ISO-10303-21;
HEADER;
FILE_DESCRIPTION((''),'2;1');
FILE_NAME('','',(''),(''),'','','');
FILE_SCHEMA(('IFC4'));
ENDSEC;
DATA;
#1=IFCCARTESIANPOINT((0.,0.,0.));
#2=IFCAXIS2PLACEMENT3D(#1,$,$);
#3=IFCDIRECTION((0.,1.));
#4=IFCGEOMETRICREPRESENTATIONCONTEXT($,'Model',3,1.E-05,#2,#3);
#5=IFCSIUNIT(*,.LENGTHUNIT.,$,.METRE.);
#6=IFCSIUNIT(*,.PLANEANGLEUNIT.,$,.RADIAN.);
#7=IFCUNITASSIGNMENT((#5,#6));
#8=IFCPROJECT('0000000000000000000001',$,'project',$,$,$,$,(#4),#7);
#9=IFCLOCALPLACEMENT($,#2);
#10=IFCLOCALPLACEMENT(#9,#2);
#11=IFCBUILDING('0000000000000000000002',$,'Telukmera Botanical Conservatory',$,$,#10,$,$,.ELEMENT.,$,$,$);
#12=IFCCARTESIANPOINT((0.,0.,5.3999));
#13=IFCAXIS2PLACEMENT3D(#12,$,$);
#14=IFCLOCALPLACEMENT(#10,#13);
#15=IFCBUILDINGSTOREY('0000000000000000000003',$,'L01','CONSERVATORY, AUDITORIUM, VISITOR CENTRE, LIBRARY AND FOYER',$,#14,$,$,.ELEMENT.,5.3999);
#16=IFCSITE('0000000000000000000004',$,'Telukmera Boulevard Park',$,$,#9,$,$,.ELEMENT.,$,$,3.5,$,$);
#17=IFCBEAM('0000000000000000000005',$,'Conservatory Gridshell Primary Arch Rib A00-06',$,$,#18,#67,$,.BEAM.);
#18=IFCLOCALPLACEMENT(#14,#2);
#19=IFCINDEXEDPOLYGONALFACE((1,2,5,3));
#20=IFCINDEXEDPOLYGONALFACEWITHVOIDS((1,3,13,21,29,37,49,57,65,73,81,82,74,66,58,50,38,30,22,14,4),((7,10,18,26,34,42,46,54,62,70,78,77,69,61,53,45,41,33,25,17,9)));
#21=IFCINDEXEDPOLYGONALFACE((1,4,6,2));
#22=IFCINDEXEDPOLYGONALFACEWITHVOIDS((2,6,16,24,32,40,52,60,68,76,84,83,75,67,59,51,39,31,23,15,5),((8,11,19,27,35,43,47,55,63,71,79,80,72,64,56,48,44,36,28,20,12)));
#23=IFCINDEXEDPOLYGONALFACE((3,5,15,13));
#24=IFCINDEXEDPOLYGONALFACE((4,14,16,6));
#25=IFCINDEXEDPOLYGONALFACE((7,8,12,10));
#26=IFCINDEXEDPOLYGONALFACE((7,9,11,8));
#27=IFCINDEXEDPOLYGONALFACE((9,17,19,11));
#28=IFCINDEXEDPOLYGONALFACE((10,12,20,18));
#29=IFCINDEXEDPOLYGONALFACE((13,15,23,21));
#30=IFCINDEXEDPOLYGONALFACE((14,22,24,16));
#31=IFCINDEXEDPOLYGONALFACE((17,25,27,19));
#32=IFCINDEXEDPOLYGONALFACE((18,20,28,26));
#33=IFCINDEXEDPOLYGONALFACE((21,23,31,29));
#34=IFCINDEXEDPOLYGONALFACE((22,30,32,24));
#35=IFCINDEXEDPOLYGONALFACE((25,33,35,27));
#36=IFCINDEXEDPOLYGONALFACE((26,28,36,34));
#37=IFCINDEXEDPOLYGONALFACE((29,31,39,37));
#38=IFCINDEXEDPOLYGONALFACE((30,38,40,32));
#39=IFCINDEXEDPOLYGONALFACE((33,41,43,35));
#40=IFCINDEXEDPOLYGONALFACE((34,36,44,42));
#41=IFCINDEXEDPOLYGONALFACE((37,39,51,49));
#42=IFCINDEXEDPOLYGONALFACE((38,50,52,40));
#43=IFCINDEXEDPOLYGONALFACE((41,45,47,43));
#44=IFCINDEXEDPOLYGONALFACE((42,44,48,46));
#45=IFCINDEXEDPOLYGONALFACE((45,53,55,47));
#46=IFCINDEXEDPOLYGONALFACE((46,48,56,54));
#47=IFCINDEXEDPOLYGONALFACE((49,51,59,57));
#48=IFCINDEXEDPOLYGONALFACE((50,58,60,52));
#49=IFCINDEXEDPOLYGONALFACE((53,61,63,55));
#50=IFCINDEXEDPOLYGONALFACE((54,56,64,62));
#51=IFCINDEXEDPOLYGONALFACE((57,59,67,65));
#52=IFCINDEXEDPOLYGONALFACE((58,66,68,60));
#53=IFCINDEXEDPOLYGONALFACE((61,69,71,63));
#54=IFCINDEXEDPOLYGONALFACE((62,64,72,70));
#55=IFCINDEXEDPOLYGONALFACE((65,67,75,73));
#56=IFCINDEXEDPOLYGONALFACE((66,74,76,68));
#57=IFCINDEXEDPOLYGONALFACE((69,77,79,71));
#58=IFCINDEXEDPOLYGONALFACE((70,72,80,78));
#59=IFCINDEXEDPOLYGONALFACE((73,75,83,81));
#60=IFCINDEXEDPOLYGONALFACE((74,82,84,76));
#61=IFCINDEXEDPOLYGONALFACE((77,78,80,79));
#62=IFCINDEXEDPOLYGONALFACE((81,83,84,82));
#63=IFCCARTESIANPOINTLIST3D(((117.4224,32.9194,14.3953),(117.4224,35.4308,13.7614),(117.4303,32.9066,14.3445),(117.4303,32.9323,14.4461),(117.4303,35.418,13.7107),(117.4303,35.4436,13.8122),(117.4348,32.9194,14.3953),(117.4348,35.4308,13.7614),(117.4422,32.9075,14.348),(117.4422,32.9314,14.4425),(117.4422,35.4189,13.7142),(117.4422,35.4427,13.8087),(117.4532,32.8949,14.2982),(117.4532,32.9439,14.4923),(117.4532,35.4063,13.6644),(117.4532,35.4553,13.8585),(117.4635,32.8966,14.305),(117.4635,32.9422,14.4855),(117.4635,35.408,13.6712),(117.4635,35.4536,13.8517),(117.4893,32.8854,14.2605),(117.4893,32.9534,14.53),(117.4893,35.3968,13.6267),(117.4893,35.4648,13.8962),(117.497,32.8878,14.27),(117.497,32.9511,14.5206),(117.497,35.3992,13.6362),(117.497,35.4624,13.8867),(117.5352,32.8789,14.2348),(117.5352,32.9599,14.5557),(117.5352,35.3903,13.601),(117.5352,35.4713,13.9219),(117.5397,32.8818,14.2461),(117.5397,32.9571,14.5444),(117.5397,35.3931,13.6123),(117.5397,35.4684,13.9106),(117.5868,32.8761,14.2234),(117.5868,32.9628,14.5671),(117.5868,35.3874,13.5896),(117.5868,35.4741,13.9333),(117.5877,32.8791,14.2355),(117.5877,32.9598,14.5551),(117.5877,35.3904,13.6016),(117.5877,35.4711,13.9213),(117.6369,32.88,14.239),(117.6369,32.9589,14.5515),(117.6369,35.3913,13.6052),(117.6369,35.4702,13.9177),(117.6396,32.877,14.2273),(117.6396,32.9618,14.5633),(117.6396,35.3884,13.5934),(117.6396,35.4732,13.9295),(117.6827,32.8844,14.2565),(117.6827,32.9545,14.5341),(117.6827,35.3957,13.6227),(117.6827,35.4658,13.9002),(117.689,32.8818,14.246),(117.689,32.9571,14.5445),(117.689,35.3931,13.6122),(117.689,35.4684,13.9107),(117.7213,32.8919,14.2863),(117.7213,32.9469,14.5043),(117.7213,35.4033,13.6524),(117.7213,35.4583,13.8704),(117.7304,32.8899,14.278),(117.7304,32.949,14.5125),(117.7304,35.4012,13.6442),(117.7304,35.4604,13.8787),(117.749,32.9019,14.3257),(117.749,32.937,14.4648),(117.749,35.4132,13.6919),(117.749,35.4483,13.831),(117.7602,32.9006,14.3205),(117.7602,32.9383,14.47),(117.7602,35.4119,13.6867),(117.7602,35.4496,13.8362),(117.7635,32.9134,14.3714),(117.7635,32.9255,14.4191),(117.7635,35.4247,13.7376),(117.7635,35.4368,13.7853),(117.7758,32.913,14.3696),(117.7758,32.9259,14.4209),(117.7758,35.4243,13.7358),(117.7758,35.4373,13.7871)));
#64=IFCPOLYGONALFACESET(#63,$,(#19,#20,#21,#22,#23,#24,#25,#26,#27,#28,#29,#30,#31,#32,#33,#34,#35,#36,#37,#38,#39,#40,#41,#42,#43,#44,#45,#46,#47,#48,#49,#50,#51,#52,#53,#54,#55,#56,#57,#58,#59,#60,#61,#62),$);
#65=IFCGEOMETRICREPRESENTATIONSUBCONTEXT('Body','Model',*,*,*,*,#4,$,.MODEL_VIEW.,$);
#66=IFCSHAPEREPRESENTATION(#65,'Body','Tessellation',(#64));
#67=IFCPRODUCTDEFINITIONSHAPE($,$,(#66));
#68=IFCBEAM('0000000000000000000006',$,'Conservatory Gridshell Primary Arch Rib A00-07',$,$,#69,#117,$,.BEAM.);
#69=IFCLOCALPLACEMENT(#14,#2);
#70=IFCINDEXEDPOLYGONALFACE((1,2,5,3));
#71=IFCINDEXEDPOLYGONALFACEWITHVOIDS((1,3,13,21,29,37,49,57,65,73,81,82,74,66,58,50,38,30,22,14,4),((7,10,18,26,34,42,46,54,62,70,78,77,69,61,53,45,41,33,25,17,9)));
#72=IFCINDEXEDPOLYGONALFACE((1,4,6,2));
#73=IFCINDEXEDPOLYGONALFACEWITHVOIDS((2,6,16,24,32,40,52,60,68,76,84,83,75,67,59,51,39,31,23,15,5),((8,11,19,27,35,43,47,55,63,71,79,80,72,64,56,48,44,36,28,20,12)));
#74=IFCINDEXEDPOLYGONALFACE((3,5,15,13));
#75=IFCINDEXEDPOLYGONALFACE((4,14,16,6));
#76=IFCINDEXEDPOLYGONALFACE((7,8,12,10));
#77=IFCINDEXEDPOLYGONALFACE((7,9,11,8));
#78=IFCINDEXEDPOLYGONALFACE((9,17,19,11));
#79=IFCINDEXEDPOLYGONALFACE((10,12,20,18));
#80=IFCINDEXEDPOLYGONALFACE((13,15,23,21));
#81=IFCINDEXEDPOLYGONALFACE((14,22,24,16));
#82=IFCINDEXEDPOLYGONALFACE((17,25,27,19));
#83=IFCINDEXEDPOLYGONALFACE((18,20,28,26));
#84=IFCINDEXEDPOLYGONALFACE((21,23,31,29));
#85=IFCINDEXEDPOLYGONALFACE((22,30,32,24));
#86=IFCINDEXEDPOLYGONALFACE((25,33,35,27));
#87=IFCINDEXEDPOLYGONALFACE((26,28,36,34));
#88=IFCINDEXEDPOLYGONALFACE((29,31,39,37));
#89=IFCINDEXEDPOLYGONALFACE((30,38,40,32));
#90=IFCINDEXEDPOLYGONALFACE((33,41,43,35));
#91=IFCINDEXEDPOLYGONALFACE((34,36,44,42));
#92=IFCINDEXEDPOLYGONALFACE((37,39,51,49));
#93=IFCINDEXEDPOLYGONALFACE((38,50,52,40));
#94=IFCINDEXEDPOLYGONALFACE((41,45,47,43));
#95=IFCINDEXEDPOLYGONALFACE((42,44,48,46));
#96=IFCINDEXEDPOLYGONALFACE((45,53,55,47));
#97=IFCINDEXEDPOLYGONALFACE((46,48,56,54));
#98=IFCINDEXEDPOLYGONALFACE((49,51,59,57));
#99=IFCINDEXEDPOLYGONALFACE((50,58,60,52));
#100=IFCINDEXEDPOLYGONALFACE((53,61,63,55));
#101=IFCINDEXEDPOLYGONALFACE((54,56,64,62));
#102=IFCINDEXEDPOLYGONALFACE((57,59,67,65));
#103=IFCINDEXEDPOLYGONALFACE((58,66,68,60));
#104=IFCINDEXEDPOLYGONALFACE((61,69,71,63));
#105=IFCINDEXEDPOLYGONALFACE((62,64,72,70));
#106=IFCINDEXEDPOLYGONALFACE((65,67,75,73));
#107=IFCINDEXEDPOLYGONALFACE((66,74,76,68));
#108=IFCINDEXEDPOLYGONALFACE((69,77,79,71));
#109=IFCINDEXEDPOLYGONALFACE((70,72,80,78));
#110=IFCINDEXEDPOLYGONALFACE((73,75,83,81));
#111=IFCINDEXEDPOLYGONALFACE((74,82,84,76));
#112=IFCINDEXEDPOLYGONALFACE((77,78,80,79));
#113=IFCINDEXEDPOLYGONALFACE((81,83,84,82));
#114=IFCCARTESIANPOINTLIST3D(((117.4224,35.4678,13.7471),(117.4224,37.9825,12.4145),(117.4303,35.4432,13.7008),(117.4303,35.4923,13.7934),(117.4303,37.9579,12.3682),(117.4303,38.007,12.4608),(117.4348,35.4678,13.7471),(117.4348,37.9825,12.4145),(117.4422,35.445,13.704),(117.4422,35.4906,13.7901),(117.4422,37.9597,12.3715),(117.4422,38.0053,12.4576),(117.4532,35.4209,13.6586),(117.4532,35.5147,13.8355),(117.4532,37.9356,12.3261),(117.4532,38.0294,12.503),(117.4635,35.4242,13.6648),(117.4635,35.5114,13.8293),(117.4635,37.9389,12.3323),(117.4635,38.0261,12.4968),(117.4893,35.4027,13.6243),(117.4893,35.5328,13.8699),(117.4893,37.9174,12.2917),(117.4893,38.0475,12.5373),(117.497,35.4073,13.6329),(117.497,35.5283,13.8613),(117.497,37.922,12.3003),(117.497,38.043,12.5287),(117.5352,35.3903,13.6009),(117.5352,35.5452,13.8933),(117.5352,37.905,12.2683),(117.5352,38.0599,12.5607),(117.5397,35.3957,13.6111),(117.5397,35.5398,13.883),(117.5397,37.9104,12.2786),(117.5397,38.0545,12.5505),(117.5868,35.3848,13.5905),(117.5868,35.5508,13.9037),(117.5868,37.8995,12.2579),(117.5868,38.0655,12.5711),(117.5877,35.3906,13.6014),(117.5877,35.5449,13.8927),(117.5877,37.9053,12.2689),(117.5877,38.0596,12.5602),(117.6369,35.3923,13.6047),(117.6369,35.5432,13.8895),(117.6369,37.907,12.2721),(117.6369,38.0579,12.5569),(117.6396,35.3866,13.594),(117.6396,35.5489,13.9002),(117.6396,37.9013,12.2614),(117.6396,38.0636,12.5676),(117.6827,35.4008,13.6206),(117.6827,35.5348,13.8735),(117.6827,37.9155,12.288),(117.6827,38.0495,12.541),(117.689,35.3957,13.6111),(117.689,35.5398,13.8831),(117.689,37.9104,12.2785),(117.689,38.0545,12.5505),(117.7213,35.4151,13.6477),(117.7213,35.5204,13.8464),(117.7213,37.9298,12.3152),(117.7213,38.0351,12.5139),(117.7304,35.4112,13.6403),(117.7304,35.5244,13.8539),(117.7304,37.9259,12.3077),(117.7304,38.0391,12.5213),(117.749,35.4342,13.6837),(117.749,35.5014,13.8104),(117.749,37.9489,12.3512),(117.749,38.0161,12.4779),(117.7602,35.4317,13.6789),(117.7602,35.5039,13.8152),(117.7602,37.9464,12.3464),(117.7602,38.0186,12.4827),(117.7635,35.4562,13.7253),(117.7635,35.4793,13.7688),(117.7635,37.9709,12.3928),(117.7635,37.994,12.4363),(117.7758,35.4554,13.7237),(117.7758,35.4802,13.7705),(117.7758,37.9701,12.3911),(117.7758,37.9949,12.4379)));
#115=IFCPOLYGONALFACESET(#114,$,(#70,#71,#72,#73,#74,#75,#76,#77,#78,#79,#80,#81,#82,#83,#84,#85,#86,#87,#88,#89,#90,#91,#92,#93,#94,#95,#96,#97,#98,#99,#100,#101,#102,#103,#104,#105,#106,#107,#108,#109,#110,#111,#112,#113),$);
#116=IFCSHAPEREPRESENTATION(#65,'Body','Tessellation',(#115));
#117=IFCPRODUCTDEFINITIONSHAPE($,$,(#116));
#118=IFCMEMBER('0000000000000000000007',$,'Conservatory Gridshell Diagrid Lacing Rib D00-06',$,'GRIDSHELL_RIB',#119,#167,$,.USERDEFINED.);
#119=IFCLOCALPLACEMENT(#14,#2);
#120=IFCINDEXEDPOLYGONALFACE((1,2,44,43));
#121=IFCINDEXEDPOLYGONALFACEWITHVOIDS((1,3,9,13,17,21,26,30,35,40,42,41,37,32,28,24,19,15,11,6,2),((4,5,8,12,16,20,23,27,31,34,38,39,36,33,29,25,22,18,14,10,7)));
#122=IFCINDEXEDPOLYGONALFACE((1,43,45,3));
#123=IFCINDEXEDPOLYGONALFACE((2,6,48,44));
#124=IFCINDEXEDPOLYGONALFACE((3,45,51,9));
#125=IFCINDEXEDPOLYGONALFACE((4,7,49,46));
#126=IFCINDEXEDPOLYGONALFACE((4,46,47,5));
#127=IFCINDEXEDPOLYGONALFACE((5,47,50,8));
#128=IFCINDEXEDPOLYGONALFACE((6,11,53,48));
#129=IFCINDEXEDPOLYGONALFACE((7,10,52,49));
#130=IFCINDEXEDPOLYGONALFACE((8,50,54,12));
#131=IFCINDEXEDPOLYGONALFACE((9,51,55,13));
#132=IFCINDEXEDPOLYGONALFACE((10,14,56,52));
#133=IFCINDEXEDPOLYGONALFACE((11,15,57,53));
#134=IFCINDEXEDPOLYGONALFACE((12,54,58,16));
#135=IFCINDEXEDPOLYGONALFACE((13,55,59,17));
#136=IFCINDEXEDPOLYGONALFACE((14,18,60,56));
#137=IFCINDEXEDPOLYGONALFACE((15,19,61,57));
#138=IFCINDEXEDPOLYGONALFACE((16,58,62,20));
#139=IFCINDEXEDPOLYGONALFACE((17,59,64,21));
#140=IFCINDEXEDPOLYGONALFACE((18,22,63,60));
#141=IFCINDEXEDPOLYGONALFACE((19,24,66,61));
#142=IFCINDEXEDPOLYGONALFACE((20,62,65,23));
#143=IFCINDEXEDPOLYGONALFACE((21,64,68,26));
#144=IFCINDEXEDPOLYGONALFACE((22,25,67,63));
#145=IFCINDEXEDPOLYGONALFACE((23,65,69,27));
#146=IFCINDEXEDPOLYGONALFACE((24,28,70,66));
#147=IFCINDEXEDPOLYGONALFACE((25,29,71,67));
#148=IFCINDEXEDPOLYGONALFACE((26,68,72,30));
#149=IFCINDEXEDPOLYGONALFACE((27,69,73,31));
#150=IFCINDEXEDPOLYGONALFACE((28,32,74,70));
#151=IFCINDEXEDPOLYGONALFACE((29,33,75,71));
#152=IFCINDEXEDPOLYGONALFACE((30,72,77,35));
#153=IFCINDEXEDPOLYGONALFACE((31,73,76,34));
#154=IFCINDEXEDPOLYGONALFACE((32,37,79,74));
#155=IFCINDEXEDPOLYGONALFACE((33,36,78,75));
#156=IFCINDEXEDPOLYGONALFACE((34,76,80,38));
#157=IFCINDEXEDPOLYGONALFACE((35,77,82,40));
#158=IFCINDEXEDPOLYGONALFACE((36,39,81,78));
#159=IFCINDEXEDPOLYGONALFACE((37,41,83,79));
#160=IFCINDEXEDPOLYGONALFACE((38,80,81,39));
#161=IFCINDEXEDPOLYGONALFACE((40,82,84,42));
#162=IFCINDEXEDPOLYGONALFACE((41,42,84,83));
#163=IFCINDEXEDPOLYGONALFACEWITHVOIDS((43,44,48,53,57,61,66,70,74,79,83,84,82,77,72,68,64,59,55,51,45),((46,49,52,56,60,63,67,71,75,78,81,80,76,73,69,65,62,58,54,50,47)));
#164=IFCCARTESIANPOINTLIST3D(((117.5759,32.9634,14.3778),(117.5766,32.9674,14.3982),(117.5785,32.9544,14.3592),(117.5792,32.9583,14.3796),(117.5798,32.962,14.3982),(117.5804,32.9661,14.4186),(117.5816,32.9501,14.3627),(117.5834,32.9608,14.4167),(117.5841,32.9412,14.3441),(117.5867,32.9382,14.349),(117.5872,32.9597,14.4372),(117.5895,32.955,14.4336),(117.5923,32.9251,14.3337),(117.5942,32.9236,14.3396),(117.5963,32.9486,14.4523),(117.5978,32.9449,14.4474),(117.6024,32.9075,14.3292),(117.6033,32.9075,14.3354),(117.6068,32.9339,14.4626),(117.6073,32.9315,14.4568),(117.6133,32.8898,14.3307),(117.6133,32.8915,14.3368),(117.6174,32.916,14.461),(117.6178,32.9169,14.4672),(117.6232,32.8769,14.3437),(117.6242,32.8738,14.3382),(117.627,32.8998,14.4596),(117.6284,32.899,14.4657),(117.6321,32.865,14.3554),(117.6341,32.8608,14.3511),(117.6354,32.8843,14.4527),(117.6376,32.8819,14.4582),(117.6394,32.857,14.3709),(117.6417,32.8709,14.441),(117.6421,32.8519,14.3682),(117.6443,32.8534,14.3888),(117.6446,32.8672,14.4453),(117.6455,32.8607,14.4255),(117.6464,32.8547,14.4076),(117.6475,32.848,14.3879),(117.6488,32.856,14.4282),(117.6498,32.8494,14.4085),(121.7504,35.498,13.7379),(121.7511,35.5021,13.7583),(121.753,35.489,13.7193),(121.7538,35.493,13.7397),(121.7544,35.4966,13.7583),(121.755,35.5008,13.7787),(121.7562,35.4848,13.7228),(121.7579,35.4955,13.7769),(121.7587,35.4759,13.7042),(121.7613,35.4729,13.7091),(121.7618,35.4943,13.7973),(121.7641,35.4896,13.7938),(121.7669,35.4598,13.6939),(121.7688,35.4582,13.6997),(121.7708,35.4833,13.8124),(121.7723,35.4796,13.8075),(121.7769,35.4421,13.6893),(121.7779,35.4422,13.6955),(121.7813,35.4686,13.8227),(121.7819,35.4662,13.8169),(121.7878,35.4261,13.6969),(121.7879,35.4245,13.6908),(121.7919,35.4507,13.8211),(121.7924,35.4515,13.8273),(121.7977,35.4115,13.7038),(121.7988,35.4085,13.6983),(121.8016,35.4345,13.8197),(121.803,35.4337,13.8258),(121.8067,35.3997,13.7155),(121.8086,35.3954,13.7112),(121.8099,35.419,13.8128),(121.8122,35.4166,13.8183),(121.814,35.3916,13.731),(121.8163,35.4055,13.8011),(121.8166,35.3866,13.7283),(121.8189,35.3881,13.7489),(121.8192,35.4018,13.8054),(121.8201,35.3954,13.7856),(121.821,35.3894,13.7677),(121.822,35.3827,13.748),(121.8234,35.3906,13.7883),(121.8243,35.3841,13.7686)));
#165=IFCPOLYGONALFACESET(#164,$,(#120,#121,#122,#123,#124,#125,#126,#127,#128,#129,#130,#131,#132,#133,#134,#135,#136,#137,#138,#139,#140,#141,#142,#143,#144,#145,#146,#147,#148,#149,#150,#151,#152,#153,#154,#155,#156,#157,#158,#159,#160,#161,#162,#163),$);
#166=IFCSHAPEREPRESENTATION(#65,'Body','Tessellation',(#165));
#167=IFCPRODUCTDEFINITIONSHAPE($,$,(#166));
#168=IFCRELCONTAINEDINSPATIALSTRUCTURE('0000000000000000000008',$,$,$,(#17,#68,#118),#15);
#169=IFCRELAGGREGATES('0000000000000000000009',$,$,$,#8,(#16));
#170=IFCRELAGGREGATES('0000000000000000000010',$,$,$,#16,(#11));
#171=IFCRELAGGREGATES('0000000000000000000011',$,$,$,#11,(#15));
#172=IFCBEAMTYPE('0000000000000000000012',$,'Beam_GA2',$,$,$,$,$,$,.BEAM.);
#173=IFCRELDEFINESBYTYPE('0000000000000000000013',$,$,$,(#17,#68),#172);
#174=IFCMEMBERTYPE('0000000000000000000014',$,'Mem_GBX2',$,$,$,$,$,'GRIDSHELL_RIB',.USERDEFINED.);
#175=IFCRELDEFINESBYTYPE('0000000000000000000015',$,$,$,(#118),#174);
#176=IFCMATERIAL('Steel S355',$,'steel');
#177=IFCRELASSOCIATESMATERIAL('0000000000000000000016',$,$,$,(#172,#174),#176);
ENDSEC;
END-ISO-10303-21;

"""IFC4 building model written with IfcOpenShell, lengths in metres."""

from ifc_helpers import new_model, si_unit, direction, frame, origin, origin_2d, place, context, subcontext, project, spatial, hollow_circle, extrude, material, material_profile, profile_set, type_object, element, save


model = new_model("IFC4")

# Units and contexts
model_context = context("Model", 3, precision=1e-05, world=origin(), true_north=direction((0.0, 1.0)))
body_context = subcontext(model_context, "Body", "Model", "MODEL_VIEW")
ifc_project = project(units=[si_unit("LENGTHUNIT", "METRE"), si_unit("PLANEANGLEUNIT", "RADIAN")], contexts=[model_context])

# Site, building, storey
site_placement = place(None, origin())
site = spatial("IfcSite", under=ifc_project, at=site_placement, Name="Telukmera Boulevard Park", CompositionType="ELEMENT", RefElevation=3.5)
building_placement = place(site_placement, origin())
building = spatial("IfcBuilding", under=site, at=building_placement, Name="Telukmera Botanical Conservatory", CompositionType="ELEMENT")
storey_placement = place(building_placement, frame((0.0, 0.0, 5.3999)))
storey = spatial("IfcBuildingStorey", under=building, at=storey_placement, Name="L01", Description="CONSERVATORY, AUDITORIUM, VISITOR CENTRE, LIBRARY AND FOYER", CompositionType="ELEMENT", Elevation=5.3999)

# Beams
ifc_material = material(Name="Steel S355", Category="steel")
ifc_material_profile_1 = material_profile(ifc_material, hollow_circle(Radius=0.1777, WallThickness=0.0125, at=origin_2d()), Name="CHS 355.6x12.5")
ifc_profile_set_1 = profile_set([ifc_material_profile_1], Name="Steel S355")
beam_type = type_object("IfcBeamType", Name="Beam_GA2", PredefinedType="BEAM", material=ifc_profile_set_1)
beam_1_placement = place(storey_placement, frame((117.6001, 32.9194, 14.3953), z_axis=(0.0, 0.969597, -0.244709), x_axis=(-1.0, 0.0, 0.0)))
element("IfcBeam", 1, at=beam_1_placement, inside=storey, type_object=beam_type, Name="Conservatory Gridshell Primary Arch Rib A00-06", PredefinedType="BEAM", context=body_context, shape_type="SweptSolid", body=[
    extrude(hollow_circle(Radius=0.1777, WallThickness=0.0125, at=origin_2d()), origin(), (0.0, 0.0, 1.0), 2.5901),
])
beam_2_placement = place(storey_placement, frame((117.6001, 35.4678, 13.7471), z_axis=(0.0, 0.883608, -0.468227), x_axis=(-1.0, 0.0, 0.0)))
element("IfcBeam", 2, at=beam_2_placement, inside=storey, type_object=beam_type, Name="Conservatory Gridshell Primary Arch Rib A00-07", PredefinedType="BEAM", context=body_context, shape_type="SweptSolid", body=[
    extrude(hollow_circle(Radius=0.1777, WallThickness=0.0125, at=origin_2d()), origin(), (0.0, 0.0, 1.0), 2.8459),
])

# Member
ifc_material_profile_2 = material_profile(ifc_material, hollow_circle(Radius=0.0698, WallThickness=0.0063, at=origin_2d()), Name="CHS 139.7x6.3")
ifc_profile_set_2 = profile_set([ifc_material_profile_2], Name="Steel S355")
member_type_1 = type_object("IfcMemberType", Name="Mem_GBX2", ElementType="GRIDSHELL_RIB", PredefinedType="USERDEFINED", material=ifc_profile_set_2)
member_1_placement = place(storey_placement, frame((117.6128, 32.9077, 14.3982), z_axis=(0.847533, 0.514597, -0.129913), x_axis=(-0.518995, 0.854777, 0.0)))
element("IfcMember", 3, at=member_1_placement, inside=storey, type_object=member_type_1, Name="Conservatory Gridshell Diagrid Lacing Rib D00-06", ObjectType="GRIDSHELL_RIB", PredefinedType="USERDEFINED", context=body_context, shape_type="SweptSolid", body=[
    extrude(hollow_circle(Radius=0.0698, WallThickness=0.0063, at=origin_2d()), origin(), (0.0, 0.0, 1.0), 4.9255),
])

save(model, "model.ifc")
